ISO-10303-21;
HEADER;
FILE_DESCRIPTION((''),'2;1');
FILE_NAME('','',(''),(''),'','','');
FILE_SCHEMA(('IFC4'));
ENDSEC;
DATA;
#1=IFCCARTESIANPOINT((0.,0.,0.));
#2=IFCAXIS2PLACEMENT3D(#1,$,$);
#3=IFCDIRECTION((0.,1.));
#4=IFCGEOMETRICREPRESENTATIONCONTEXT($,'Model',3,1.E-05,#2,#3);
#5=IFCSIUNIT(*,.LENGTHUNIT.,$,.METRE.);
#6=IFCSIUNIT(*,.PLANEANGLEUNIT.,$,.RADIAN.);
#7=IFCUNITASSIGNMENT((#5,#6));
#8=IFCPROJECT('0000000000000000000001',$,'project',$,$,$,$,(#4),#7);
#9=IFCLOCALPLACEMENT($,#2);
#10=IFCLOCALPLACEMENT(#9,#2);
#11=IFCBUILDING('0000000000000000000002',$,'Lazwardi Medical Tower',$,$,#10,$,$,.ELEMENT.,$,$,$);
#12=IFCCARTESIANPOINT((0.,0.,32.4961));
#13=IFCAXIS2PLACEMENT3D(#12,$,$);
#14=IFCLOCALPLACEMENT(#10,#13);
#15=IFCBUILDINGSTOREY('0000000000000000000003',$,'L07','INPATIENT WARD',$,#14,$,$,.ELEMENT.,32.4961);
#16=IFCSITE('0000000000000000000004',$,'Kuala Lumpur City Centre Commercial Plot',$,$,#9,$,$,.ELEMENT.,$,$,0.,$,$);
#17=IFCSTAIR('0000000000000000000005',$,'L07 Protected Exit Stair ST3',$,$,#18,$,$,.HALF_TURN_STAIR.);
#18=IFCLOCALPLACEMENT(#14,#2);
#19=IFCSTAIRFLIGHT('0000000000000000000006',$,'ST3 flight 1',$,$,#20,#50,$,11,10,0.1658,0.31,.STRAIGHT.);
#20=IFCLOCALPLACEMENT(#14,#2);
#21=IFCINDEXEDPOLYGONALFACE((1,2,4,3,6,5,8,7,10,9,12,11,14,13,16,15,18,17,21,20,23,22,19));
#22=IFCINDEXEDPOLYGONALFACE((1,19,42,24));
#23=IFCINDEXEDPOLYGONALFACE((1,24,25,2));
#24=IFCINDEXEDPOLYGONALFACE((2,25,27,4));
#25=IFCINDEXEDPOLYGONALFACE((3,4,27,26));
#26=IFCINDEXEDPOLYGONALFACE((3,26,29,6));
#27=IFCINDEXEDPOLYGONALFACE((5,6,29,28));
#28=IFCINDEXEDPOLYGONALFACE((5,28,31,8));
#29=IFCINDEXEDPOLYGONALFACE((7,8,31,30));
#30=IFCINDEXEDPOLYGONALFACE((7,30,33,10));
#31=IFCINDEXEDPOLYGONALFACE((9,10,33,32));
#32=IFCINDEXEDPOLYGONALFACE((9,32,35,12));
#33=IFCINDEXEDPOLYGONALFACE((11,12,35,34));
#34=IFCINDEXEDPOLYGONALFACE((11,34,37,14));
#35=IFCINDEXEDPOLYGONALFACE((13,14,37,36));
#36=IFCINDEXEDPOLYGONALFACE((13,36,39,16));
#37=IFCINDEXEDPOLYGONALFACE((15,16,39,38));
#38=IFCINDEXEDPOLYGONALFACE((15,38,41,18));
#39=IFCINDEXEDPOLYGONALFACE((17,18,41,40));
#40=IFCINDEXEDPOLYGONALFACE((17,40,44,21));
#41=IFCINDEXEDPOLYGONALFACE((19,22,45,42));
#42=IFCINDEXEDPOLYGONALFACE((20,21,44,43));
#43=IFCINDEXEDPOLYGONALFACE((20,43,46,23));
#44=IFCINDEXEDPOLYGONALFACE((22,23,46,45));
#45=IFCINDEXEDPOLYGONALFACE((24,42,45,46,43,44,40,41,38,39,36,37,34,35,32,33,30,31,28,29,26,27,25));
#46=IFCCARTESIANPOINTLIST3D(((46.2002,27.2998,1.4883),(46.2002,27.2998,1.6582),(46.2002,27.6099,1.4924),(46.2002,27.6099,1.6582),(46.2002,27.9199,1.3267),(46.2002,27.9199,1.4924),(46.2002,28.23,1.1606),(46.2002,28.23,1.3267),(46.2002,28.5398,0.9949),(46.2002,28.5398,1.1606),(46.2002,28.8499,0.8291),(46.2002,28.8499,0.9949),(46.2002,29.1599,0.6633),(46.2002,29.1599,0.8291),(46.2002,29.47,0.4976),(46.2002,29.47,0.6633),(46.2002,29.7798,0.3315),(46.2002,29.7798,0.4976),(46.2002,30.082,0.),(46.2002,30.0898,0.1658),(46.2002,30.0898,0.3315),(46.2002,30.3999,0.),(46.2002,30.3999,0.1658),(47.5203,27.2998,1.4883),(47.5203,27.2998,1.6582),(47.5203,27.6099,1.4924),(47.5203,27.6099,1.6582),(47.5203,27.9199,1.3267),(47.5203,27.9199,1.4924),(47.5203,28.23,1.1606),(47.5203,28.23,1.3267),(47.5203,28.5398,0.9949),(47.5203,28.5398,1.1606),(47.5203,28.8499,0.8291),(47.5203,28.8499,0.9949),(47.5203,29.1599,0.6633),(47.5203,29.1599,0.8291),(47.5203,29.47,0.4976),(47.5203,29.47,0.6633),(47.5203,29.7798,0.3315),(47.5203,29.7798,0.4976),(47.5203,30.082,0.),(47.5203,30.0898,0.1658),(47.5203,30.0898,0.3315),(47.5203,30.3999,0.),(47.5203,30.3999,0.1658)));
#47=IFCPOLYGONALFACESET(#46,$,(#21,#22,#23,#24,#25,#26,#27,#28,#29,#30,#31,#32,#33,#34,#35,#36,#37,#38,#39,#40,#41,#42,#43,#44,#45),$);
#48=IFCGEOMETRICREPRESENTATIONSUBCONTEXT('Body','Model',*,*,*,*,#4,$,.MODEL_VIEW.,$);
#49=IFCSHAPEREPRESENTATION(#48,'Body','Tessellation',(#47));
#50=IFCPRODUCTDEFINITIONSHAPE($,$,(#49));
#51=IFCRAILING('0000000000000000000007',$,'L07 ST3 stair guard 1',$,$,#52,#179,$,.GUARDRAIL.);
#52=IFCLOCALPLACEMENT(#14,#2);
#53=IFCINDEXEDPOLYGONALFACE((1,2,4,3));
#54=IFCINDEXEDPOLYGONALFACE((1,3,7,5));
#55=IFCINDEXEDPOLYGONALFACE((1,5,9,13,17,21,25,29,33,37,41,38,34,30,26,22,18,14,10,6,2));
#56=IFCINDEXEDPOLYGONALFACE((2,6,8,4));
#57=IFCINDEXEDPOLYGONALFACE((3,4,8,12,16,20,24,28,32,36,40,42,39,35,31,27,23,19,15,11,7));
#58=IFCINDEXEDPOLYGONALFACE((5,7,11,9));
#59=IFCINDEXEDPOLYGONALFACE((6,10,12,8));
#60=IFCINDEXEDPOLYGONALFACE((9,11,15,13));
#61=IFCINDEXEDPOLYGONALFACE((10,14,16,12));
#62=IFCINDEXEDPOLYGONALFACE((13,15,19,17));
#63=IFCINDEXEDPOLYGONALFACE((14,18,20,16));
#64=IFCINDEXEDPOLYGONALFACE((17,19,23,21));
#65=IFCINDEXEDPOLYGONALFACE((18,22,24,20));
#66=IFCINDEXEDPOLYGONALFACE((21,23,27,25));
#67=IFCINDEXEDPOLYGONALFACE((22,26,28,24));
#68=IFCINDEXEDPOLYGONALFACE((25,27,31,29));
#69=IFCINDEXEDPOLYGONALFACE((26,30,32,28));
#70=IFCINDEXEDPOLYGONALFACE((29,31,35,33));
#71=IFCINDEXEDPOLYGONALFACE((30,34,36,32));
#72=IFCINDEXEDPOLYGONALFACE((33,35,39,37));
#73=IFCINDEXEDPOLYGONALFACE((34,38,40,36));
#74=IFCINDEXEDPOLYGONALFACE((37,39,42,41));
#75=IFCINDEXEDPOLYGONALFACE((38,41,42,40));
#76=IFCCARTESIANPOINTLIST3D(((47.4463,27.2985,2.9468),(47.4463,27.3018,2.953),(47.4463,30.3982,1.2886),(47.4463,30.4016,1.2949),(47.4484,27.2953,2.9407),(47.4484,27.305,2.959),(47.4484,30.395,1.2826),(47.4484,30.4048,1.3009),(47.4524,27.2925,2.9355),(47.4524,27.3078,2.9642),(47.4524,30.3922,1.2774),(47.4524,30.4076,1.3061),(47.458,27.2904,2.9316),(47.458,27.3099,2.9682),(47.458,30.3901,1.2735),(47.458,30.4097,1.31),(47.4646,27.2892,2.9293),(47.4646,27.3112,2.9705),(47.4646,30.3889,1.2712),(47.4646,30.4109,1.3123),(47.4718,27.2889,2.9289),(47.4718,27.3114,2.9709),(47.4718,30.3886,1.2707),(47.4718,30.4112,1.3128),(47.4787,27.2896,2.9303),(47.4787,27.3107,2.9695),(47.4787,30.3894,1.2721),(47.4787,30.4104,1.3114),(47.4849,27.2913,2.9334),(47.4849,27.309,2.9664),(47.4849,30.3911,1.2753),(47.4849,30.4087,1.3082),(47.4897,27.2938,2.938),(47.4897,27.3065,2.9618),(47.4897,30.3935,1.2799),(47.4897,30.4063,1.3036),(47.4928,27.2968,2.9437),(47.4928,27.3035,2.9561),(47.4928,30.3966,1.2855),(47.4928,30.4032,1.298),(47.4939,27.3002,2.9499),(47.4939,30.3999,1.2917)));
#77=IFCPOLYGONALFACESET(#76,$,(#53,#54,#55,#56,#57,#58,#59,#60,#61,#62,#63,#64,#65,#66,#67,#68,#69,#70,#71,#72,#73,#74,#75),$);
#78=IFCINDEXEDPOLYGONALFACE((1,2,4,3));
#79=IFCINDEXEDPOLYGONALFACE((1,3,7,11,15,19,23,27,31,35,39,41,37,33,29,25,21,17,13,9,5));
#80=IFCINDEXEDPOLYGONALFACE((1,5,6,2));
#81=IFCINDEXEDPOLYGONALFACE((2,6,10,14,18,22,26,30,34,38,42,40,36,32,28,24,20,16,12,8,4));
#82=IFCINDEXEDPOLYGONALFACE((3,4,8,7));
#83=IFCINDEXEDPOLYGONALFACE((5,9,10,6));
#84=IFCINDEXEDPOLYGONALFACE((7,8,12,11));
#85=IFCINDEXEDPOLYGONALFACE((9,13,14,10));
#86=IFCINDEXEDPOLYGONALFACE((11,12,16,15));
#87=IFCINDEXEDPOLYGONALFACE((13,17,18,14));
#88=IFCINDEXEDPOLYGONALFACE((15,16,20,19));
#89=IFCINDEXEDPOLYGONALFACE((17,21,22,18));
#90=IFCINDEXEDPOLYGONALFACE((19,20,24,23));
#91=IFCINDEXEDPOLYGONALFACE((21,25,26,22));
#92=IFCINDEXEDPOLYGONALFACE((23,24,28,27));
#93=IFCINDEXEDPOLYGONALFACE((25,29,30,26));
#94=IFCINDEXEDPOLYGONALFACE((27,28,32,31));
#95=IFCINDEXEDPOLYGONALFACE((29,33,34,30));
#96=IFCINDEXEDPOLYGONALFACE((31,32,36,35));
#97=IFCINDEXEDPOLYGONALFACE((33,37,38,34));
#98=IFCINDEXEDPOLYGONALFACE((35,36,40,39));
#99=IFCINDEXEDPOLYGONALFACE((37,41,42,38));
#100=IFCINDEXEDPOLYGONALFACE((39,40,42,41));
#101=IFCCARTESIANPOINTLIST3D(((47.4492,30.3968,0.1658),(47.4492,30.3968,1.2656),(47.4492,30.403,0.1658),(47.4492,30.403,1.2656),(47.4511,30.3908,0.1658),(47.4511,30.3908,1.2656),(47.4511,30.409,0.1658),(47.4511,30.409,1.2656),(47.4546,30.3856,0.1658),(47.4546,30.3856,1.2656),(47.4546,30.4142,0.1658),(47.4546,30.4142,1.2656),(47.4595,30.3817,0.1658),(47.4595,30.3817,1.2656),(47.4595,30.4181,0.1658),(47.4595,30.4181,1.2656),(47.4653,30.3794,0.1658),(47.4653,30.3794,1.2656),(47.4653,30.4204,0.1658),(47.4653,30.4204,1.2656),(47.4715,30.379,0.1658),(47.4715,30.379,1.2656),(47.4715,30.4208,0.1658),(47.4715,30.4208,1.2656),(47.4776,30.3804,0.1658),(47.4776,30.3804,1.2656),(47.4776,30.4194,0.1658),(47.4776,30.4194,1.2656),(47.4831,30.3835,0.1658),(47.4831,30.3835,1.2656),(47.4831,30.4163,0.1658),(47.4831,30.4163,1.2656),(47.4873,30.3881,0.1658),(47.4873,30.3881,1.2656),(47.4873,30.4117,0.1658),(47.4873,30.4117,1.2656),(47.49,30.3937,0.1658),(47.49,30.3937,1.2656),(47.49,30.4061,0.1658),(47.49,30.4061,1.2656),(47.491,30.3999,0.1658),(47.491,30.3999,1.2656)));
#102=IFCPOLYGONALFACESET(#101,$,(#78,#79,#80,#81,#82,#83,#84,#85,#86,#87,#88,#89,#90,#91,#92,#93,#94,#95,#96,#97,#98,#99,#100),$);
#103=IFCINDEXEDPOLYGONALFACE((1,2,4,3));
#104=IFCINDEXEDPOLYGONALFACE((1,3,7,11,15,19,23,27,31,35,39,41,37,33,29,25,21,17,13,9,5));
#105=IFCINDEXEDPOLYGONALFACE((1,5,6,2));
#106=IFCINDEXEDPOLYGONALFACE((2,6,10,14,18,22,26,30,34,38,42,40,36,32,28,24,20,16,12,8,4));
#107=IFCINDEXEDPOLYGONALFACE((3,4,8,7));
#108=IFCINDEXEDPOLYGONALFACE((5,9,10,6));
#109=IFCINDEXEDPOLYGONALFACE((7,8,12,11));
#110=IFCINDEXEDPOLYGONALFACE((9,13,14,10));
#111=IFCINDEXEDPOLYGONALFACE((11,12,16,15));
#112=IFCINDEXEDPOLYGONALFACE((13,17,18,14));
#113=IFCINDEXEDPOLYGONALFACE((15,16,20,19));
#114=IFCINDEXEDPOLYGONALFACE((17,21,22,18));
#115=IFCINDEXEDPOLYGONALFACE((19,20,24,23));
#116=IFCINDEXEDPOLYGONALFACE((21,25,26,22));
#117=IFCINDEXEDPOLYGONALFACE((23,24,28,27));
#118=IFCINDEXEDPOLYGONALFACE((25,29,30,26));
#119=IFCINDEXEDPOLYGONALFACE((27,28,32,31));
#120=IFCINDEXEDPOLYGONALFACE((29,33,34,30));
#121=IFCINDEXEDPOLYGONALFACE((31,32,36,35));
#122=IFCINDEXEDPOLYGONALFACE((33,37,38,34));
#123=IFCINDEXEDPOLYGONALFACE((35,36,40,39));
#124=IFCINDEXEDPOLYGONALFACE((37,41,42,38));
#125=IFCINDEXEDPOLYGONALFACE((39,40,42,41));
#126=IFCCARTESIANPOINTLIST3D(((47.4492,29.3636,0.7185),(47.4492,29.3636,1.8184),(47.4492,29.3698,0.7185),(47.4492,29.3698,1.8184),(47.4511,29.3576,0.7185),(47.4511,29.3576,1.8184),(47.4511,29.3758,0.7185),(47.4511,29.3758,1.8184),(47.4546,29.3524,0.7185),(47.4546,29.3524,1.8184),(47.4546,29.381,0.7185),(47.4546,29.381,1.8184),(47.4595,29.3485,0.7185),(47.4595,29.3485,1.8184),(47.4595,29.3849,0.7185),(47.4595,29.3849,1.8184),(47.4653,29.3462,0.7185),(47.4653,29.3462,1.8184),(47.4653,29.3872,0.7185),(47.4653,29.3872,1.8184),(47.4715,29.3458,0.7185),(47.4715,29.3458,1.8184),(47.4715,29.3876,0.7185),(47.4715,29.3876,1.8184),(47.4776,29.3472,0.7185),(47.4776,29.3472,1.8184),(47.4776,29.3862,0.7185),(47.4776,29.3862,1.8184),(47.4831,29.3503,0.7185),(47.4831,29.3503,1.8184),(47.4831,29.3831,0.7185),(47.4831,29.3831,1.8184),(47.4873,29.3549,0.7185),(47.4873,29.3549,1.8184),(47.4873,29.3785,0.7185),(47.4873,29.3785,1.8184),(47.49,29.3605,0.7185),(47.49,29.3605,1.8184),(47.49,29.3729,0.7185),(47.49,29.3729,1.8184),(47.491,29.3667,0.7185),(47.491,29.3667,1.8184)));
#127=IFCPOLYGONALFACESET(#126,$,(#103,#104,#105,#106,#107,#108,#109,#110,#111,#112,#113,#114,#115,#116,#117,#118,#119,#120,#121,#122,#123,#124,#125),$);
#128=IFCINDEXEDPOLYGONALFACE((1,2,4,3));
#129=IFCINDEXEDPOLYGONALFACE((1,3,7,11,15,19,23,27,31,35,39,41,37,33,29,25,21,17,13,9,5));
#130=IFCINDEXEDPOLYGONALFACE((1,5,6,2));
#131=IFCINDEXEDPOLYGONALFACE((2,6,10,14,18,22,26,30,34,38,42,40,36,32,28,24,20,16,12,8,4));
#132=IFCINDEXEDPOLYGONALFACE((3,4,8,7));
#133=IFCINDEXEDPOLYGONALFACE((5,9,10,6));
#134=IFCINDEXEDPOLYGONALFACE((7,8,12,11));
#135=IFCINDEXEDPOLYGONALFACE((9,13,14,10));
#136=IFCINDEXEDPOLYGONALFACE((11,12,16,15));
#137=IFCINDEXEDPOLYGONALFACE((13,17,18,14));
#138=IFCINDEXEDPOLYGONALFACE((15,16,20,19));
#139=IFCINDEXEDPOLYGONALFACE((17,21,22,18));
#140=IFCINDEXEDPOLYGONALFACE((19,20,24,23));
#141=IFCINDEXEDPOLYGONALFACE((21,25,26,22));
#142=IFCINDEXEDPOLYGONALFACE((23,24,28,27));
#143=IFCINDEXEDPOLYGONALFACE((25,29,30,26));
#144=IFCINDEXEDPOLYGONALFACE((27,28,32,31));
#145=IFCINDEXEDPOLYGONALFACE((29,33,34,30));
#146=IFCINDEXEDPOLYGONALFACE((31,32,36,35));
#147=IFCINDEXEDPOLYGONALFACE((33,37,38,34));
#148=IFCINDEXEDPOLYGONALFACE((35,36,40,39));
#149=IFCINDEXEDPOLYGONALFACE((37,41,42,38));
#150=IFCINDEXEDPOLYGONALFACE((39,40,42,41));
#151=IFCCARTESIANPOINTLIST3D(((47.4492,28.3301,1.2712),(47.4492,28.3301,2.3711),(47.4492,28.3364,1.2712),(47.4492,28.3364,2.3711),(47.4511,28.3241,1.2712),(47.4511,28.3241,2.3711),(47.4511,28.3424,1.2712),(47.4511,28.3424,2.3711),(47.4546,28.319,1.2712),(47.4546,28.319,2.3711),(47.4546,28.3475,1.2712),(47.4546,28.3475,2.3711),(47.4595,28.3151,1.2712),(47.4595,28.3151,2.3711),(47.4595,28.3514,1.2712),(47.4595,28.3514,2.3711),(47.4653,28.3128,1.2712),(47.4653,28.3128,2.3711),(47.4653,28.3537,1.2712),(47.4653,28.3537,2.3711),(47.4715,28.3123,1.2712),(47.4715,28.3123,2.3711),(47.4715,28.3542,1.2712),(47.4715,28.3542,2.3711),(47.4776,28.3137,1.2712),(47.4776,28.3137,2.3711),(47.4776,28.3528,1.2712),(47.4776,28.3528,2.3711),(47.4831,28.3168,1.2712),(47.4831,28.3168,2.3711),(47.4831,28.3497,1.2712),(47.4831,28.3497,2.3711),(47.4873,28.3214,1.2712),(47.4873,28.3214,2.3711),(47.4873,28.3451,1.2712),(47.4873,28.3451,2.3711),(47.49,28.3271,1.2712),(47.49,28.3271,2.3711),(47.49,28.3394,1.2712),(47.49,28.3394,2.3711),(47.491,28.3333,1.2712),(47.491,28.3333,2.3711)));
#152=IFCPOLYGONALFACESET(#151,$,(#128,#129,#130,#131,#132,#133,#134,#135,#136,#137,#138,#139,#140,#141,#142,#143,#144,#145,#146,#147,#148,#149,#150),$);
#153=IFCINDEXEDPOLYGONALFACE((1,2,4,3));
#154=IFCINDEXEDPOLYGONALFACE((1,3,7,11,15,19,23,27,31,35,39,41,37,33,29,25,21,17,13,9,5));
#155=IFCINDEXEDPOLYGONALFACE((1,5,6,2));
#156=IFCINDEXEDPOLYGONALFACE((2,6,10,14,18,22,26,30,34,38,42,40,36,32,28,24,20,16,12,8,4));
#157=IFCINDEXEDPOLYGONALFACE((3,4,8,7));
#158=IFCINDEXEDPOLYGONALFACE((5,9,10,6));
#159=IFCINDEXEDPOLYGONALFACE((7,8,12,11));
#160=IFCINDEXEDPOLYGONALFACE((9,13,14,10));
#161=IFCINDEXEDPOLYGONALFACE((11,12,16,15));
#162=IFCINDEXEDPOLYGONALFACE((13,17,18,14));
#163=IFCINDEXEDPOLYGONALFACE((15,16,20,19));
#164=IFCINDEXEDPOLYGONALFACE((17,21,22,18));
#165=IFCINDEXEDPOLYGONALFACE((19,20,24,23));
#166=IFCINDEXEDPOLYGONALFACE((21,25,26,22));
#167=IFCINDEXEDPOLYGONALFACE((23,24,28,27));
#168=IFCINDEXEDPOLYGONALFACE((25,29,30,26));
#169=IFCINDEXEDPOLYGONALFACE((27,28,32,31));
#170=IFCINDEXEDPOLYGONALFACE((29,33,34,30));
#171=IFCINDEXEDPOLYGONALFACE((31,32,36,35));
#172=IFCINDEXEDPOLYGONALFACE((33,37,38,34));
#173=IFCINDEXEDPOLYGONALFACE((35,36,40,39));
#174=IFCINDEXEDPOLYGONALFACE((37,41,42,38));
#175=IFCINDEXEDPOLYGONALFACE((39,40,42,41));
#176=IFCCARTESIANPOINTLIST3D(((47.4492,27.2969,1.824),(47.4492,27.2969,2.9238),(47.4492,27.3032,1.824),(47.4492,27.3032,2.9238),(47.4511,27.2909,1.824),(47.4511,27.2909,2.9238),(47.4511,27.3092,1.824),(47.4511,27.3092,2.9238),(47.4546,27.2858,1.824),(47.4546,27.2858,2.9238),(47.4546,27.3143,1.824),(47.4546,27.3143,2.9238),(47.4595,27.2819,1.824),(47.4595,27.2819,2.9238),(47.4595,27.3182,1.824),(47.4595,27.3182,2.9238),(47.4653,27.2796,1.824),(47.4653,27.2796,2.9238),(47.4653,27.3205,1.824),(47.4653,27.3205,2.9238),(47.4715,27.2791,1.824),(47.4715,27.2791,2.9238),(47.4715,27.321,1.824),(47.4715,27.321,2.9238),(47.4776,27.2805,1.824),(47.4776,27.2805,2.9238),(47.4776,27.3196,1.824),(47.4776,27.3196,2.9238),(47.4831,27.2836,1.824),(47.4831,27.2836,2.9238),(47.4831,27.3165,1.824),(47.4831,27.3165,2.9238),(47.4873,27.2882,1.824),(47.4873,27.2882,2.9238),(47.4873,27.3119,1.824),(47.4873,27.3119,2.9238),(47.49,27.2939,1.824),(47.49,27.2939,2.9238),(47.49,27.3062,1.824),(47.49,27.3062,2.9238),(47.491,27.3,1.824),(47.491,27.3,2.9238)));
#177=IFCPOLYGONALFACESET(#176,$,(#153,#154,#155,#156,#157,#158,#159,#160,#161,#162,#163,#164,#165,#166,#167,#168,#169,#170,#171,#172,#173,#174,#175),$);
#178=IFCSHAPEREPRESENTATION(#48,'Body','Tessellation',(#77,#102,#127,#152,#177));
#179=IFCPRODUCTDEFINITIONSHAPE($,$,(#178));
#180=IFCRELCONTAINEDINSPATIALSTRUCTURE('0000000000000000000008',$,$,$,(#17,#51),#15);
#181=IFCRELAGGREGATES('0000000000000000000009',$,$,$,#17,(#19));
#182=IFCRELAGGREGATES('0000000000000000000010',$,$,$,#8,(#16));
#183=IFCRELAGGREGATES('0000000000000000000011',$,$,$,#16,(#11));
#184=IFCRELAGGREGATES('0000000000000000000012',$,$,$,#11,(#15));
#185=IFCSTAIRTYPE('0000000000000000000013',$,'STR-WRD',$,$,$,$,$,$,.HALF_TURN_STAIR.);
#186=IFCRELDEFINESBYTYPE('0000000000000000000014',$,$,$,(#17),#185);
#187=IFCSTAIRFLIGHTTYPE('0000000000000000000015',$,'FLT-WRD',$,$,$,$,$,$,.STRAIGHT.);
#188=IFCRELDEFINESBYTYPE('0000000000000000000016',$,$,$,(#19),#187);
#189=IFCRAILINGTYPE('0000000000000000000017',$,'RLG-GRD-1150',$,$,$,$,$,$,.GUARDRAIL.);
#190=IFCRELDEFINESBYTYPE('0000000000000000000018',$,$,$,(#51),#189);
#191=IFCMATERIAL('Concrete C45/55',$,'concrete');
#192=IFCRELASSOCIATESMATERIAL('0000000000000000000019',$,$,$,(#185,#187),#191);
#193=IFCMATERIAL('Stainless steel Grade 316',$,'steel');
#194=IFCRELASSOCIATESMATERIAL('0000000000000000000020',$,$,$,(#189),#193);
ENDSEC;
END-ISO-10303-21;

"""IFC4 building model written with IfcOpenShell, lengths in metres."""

from ifc_helpers import new_model, si_unit, direction, frame, origin, origin_2d, place, context, subcontext, project, spatial, polyline, circle, outline, extrude, material, type_object, element, aggregate, save


model = new_model("IFC4")

# Units and contexts
model_context = context("Model", 3, precision=1e-05, world=origin(), true_north=direction((0.0, 1.0)))
body_context = subcontext(model_context, "Body", "Model", "MODEL_VIEW")
ifc_project = project(units=[si_unit("LENGTHUNIT", "METRE"), si_unit("PLANEANGLEUNIT", "RADIAN")], contexts=[model_context])

# Site, building, storey
site_placement = place(None, origin())
site = spatial("IfcSite", under=ifc_project, at=site_placement, Name="Kuala Lumpur City Centre Commercial Plot", CompositionType="ELEMENT", RefElevation=0.0)
building_placement = place(site_placement, origin())
building = spatial("IfcBuilding", under=site, at=building_placement, Name="Lazwardi Medical Tower", CompositionType="ELEMENT")
storey_placement = place(building_placement, frame((0.0, 0.0, 32.4961)))
storey = spatial("IfcBuildingStorey", under=building, at=storey_placement, Name="L07", Description="INPATIENT WARD", CompositionType="ELEMENT", Elevation=32.4961)

# Stair, stair flight
ifc_material_1 = material(Name="Concrete C45/55", Category="concrete")
stair_type = type_object("IfcStairType", Name="STR-WRD", PredefinedType="HALF_TURN_STAIR", material=ifc_material_1)
stair_flight_type = type_object("IfcStairFlightType", Name="FLT-WRD", PredefinedType="STRAIGHT", material=ifc_material_1)
stair_1_placement = place(storey_placement, origin())
stair_1 = element("IfcStair", 1, at=stair_1_placement, inside=storey, type_object=stair_type, Name="L07 Protected Exit Stair ST3", PredefinedType="HALF_TURN_STAIR")
stair_flight_1_placement = place(storey_placement, frame((46.8601, 30.3999, 0.0), z_axis=(0.0, 0.0, 1.0), x_axis=(0.0, -1.0, 0.0)))
stair_flight_1 = element("IfcStairFlight", 2, at=stair_flight_1_placement, type_object=stair_flight_type, Name="ST3 flight 1", NumberOfRisers=11, NumberOfTreads=10, PredefinedType="STRAIGHT", RiserHeight=0.1658, TreadLength=0.31, context=body_context, shape_type="SweptSolid", body=[
    extrude(outline(polyline([(0.0, 0.0), (0.0, 0.1658), (0.3101, 0.1658), (0.3101, 0.3315), (0.6201, 0.3315), (0.6201, 0.4976), (0.9299, 0.4976), (0.9299, 0.6633), (1.24, 0.6633), (1.24, 0.8291), (1.55, 0.8291), (1.55, 0.9949), (1.8601, 0.9949), (1.8601, 1.1606), (2.1699, 1.1606), (2.1699, 1.3267), (2.48, 1.3267), (2.48, 1.4924), (2.79, 1.4924), (2.79, 1.6582), (3.1001, 1.6582), (3.1001, 1.824), (3.1001, 1.4883), (0.3179, 0.0), (0.0, 0.0)])), frame((0.0, 0.6602, 0.0), z_axis=(0.0, -1.0, 0.0), x_axis=(1.0, 0.0, 0.0)), (0.0, 0.0, 1.0), 1.3201),
])
aggregate(stair_1, [stair_flight_1])

# Railing
ifc_material_2 = material(Name="Stainless steel Grade 316", Category="steel")
railing_type_1 = type_object("IfcRailingType", Name="RLG-GRD-1150", PredefinedType="GUARDRAIL", material=ifc_material_2)
railing_1_placement = place(storey_placement, frame((47.47, 30.3999, 0.1658)))
element("IfcRailing", 3, at=railing_1_placement, inside=storey, type_object=railing_type_1, Name="L07 ST3 stair guard 1", PredefinedType="GUARDRAIL", context=body_context, shape_type="SweptSolid", body=[
    extrude(circle(Radius=0.0239, at=origin_2d()), frame((0.0, 0.0, 1.126), z_axis=(0.0, -0.881768, 0.471684), x_axis=(1.0, 0.0, 0.0)), (0.0, 0.0, 1.0), 3.5154),
    extrude(circle(Radius=0.021, at=origin_2d()), origin(), (0.0, 0.0, 1.0), 1.0999),
    extrude(circle(Radius=0.021, at=origin_2d()), frame((0.0, -1.0332, 0.5527)), (0.0, 0.0, 1.0), 1.0999),
    extrude(circle(Radius=0.021, at=origin_2d()), frame((0.0, -2.0667, 1.1055)), (0.0, 0.0, 1.0), 1.0999),
    extrude(circle(Radius=0.021, at=origin_2d()), frame((0.0, -3.0999, 1.6582)), (0.0, 0.0, 1.0), 1.0999),
])

save(model, "model.ifc")
